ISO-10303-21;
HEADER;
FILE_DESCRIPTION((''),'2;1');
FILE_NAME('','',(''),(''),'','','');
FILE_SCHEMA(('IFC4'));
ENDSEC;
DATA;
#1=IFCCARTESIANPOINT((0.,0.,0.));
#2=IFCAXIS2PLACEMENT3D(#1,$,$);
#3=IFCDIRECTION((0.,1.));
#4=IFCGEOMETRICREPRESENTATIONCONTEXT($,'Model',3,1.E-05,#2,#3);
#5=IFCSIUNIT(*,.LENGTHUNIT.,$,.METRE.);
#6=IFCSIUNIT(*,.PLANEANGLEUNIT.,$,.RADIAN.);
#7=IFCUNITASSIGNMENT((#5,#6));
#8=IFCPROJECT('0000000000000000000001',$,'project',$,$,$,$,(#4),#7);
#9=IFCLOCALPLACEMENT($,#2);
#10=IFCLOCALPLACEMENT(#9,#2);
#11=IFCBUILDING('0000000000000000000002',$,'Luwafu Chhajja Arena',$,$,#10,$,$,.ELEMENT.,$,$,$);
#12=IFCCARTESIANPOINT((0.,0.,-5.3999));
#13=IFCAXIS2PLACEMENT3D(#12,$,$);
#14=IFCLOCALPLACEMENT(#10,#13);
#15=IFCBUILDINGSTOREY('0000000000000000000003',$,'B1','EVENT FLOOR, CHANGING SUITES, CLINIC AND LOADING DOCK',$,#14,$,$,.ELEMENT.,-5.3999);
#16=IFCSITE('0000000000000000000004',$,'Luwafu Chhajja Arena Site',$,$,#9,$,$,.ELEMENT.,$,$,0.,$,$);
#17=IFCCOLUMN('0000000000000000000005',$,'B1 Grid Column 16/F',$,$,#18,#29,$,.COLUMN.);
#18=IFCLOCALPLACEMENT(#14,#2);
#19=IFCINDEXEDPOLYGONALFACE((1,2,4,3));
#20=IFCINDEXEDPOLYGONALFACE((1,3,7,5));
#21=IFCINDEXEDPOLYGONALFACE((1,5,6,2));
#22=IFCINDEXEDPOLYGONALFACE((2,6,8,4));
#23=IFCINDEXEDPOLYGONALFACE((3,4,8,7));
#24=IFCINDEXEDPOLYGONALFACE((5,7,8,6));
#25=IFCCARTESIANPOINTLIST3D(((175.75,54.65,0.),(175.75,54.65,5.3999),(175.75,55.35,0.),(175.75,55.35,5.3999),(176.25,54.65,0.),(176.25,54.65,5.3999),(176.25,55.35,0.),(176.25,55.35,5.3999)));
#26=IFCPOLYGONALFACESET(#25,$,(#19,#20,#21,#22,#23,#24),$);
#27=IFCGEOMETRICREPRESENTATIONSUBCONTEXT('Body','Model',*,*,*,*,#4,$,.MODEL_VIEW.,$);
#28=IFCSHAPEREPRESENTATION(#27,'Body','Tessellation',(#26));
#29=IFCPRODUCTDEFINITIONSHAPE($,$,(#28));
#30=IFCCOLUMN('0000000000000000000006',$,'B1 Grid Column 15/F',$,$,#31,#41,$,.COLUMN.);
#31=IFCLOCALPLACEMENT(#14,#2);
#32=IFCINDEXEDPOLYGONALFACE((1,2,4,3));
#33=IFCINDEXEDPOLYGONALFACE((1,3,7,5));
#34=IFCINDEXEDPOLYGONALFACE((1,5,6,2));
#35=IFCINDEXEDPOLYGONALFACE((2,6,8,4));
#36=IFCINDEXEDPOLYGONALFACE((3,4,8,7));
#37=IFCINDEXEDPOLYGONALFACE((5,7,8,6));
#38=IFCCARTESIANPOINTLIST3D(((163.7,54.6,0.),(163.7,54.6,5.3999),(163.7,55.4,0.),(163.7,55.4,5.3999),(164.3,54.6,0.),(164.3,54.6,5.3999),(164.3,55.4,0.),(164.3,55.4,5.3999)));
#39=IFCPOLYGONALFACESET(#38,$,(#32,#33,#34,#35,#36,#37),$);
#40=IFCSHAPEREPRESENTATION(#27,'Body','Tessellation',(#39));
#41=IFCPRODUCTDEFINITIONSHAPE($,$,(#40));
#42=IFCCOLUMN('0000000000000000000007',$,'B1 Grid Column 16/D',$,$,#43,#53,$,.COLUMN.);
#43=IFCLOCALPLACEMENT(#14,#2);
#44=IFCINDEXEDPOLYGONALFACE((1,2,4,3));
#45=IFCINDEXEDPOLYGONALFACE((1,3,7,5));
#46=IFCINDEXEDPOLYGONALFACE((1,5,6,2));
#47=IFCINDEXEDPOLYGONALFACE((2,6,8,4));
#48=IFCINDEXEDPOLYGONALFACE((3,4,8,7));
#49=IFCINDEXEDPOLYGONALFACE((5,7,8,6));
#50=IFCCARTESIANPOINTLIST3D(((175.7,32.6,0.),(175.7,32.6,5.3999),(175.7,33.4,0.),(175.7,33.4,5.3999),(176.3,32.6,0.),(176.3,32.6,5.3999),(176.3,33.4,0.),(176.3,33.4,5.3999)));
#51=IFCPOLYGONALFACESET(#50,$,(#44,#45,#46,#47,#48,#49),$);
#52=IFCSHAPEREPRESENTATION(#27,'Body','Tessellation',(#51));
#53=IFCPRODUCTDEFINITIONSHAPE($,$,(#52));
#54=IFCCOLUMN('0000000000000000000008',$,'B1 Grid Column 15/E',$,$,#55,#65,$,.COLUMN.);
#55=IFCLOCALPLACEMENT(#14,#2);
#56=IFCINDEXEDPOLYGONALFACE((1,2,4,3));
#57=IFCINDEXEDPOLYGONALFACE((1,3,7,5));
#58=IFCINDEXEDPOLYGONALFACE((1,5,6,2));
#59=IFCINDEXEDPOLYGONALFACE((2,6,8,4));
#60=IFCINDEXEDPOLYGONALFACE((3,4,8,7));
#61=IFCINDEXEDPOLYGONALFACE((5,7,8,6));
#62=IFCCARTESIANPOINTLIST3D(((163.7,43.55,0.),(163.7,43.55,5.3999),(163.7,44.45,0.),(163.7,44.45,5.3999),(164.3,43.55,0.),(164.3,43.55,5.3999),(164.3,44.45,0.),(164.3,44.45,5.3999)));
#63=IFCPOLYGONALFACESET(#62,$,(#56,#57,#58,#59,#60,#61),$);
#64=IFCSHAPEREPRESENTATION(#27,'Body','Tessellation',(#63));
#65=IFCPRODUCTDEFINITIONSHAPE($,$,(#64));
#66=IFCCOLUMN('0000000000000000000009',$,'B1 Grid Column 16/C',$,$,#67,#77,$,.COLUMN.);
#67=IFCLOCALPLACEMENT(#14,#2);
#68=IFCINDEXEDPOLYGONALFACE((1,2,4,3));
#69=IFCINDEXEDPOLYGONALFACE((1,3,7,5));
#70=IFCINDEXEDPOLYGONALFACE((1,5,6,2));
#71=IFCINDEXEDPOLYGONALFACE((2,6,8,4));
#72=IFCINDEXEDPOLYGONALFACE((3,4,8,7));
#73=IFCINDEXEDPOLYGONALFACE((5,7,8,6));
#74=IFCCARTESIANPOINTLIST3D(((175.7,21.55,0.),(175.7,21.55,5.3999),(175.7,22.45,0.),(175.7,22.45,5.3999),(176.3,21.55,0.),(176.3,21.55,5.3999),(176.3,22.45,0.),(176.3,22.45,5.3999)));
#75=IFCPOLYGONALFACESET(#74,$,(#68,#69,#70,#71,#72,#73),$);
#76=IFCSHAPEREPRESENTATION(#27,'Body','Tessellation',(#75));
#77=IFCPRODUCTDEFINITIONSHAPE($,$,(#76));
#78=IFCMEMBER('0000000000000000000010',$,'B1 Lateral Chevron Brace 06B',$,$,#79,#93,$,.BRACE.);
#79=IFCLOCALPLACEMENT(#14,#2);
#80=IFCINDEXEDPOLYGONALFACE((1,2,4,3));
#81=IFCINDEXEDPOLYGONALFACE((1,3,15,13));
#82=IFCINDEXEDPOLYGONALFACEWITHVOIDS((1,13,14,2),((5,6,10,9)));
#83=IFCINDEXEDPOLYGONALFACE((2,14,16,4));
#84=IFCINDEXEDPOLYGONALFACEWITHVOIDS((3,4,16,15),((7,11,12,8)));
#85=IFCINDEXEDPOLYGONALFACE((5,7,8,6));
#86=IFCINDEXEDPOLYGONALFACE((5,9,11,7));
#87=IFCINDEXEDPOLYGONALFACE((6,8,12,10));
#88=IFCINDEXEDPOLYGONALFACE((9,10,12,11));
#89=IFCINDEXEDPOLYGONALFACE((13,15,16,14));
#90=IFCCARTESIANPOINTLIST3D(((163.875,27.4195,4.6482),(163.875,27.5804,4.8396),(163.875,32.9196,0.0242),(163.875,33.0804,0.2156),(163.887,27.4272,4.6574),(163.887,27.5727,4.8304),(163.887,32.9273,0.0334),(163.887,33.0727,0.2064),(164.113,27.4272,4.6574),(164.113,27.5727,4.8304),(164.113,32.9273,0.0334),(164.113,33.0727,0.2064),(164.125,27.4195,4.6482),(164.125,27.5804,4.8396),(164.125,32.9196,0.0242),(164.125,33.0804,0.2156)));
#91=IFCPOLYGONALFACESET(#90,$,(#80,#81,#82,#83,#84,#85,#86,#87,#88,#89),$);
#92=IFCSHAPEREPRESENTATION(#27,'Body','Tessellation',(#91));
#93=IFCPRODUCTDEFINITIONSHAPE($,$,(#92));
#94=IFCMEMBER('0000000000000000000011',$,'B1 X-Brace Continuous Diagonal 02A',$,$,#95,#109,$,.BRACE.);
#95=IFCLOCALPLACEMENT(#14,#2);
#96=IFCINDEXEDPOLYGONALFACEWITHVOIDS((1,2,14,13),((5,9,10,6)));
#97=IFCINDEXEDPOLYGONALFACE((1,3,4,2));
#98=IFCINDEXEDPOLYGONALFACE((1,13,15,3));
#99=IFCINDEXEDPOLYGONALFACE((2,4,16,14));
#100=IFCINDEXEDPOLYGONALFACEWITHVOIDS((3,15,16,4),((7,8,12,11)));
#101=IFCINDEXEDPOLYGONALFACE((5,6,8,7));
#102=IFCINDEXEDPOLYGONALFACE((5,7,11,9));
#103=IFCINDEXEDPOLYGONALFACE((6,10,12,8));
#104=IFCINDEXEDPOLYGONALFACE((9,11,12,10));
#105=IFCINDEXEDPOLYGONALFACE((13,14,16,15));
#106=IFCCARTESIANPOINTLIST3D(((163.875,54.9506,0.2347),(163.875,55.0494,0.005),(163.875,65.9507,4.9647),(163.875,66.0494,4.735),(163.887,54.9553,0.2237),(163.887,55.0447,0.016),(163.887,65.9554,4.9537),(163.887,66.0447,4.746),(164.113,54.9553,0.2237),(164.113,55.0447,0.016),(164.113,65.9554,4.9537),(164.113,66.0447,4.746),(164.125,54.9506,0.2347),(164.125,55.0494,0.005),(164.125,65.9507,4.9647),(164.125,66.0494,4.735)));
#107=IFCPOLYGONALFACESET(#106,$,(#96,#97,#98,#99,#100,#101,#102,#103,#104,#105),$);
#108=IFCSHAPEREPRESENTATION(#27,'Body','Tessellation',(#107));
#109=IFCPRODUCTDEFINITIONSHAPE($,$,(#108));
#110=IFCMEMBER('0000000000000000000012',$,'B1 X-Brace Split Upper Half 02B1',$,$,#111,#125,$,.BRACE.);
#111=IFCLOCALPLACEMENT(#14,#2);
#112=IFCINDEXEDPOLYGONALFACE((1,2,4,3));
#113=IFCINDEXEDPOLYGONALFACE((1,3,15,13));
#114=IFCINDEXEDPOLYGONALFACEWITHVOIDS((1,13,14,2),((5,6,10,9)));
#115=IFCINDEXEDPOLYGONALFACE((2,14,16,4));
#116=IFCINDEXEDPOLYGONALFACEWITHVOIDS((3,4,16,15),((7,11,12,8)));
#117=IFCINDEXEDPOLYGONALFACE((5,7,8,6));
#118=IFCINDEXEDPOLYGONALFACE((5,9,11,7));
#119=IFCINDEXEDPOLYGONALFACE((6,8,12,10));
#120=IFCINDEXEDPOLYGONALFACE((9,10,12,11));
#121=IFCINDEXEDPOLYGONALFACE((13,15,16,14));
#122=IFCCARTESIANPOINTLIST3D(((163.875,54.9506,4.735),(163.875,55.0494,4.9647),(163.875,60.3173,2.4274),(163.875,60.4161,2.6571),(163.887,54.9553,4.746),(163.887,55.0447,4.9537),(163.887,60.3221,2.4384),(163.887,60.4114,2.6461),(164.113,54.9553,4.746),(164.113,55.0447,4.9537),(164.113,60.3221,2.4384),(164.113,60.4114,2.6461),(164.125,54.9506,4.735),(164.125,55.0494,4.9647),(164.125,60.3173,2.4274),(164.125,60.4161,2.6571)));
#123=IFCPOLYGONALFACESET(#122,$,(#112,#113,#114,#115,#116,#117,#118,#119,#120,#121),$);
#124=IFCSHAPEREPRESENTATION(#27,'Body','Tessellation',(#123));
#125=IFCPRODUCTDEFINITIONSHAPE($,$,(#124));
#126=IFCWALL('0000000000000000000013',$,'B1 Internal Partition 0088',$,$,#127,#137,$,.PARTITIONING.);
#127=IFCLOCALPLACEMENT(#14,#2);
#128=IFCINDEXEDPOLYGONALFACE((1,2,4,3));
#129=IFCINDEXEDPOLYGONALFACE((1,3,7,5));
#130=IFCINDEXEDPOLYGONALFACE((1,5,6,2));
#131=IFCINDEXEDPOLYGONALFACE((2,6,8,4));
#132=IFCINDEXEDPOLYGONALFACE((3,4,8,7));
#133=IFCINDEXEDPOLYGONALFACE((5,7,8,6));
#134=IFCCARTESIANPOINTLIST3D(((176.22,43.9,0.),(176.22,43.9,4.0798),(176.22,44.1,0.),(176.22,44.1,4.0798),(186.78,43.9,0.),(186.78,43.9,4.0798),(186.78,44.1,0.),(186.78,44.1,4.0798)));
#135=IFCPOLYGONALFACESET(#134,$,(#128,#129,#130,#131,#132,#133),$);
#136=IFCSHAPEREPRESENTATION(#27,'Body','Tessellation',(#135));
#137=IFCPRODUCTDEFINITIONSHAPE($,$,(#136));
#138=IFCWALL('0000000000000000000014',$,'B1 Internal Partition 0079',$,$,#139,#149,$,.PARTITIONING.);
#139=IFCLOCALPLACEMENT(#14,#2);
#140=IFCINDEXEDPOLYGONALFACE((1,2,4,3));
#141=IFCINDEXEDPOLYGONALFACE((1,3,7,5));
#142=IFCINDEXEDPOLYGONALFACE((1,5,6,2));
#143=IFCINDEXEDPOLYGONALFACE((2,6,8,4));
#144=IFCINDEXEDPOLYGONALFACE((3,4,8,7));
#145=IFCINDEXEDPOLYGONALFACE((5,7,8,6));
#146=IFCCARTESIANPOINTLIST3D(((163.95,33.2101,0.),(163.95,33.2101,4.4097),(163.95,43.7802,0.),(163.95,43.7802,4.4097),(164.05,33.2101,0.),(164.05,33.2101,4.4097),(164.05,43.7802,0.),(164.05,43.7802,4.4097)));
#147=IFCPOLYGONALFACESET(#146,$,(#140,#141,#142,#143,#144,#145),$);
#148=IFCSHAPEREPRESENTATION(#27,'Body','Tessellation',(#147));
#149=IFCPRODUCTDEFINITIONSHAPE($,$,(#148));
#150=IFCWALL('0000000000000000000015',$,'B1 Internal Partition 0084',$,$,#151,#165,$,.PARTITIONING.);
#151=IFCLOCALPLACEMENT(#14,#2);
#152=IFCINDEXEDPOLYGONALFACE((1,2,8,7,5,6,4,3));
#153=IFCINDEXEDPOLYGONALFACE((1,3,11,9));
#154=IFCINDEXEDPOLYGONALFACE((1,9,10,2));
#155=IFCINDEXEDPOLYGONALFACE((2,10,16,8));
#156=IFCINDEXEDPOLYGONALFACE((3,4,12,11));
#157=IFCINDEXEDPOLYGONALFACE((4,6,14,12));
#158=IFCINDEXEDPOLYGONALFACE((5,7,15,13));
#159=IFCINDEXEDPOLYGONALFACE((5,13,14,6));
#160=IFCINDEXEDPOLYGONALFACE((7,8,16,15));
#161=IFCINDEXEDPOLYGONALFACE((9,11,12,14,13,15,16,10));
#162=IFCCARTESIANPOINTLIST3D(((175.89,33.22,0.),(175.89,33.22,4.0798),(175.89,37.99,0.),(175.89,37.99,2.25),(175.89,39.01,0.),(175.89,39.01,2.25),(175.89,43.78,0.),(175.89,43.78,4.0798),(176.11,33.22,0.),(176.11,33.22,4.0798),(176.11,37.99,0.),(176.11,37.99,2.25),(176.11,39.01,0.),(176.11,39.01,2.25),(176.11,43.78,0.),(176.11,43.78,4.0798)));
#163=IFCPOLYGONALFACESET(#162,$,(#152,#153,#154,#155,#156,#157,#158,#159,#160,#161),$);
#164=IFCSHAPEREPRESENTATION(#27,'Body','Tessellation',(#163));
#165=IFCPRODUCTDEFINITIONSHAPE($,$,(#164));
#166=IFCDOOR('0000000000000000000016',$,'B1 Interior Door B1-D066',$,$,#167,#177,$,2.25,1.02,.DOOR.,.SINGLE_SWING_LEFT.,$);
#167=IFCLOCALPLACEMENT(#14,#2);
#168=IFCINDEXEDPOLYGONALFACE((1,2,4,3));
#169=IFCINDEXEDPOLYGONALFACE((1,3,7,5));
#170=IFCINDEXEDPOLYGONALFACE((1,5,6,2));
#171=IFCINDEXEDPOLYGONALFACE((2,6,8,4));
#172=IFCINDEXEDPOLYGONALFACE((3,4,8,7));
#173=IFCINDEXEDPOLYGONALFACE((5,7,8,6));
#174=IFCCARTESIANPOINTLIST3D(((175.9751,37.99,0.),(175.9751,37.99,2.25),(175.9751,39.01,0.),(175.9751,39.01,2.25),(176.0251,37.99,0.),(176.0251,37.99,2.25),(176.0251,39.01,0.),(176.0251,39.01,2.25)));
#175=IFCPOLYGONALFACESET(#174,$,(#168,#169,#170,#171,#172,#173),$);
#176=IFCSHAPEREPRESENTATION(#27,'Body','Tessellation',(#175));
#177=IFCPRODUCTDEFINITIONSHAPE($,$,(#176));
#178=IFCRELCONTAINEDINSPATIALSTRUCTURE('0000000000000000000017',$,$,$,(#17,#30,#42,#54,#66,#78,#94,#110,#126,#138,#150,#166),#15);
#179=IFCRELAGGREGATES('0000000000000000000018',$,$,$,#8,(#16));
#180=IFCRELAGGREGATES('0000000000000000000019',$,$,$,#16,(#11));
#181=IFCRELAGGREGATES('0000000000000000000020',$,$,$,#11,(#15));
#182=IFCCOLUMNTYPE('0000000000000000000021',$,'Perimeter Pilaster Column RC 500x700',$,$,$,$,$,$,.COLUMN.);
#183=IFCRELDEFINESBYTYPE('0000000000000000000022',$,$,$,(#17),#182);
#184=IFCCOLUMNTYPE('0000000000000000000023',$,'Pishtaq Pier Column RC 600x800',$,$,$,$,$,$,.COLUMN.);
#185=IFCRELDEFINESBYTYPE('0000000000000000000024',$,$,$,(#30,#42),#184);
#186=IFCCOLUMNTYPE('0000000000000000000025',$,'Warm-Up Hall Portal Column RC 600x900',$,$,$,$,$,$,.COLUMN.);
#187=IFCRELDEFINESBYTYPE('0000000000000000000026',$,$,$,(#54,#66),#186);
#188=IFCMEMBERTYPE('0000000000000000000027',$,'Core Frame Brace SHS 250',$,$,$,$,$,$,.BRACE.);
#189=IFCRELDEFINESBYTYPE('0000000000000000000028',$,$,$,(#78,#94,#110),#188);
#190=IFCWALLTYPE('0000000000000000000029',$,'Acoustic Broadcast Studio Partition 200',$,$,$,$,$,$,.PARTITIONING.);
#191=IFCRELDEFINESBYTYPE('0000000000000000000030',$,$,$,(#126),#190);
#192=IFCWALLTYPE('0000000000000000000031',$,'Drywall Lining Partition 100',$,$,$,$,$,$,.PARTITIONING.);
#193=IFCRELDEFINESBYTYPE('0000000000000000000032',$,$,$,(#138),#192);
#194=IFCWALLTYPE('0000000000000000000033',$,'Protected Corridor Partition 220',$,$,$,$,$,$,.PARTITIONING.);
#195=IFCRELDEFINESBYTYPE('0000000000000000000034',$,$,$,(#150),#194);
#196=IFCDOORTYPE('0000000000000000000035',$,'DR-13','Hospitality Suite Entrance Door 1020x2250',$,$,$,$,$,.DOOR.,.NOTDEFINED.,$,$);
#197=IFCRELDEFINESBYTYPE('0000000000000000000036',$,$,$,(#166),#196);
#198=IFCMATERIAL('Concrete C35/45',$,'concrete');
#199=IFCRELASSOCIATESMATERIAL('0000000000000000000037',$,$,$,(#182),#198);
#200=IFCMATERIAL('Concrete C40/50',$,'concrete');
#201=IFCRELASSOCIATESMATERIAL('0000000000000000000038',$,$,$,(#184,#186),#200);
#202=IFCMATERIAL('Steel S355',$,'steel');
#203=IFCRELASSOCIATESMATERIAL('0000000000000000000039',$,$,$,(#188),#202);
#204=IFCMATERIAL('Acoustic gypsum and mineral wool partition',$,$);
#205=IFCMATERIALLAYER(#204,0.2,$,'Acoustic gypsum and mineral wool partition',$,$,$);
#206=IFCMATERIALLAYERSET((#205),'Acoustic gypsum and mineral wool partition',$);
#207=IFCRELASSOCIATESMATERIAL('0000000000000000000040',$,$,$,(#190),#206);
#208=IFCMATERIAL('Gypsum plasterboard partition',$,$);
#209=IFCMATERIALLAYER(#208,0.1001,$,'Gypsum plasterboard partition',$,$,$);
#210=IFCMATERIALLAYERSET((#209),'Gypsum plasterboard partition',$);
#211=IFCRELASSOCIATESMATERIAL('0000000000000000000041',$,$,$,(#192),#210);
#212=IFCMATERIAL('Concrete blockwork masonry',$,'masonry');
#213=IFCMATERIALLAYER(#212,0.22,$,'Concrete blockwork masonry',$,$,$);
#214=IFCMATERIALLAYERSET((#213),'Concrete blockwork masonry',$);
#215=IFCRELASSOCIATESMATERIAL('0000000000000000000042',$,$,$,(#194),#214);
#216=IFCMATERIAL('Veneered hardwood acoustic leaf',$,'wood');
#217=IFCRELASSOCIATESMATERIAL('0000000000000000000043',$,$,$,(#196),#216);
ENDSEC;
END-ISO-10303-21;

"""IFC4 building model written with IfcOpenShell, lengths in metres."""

from ifc_helpers import new_model, si_unit, direction, frame, frame_2d, origin, origin_2d, place, context, subcontext, project, spatial, rectangle, hollow_rectangle, extrude, material, layer, layer_set, material_profile, profile_set, type_object, element, fill, save


model = new_model("IFC4")

# Units and contexts
model_context = context("Model", 3, precision=1e-05, world=origin(), true_north=direction((0.0, 1.0)))
body_context = subcontext(model_context, "Body", "Model", "MODEL_VIEW")
ifc_project = project(units=[si_unit("LENGTHUNIT", "METRE"), si_unit("PLANEANGLEUNIT", "RADIAN")], contexts=[model_context])

# Site, building, storey
site_placement = place(None, origin())
site = spatial("IfcSite", under=ifc_project, at=site_placement, Name="Luwafu Chhajja Arena Site", CompositionType="ELEMENT", RefElevation=0.0)
building_placement = place(site_placement, origin())
building = spatial("IfcBuilding", under=site, at=building_placement, Name="Luwafu Chhajja Arena", CompositionType="ELEMENT")
storey_placement = place(building_placement, frame((0.0, 0.0, -5.3999)))
storey = spatial("IfcBuildingStorey", under=building, at=storey_placement, Name="B1", Description="EVENT FLOOR, CHANGING SUITES, CLINIC AND LOADING DOCK", CompositionType="ELEMENT", Elevation=-5.3999)

# Shared definitions
ifc_material_1 = material(Name="Concrete C35/45", Category="concrete")

# Columns
ifc_material_profile_1 = material_profile(ifc_material_1, rectangle(XDim=0.5, YDim=0.7, at=origin_2d()), Name="RC 500x700")
ifc_profile_set_1 = profile_set([ifc_material_profile_1], Name="Concrete C35/45")
column_type_1 = type_object("IfcColumnType", Name="Perimeter Pilaster Column RC 500x700", PredefinedType="COLUMN", material=ifc_profile_set_1)
column_1_placement = place(storey_placement, frame((176.0, 55.0, 0.0), z_axis=(0.0, 0.0, 1.0), x_axis=(1.0, 0.0, 0.0)))
element("IfcColumn", 1, at=column_1_placement, inside=storey, type_object=column_type_1, Name="B1 Grid Column 16/F", PredefinedType="COLUMN", context=body_context, shape_type="SweptSolid", body=[
    extrude(rectangle(XDim=0.5, YDim=0.7, at=origin_2d()), origin(), (0.0, 0.0, 1.0), 5.3999),
])
ifc_material_2 = material(Name="Concrete C40/50", Category="concrete")
ifc_material_profile_2 = material_profile(ifc_material_2, rectangle(XDim=0.6001, YDim=0.8, at=origin_2d()), Name="RC 600x800")
ifc_profile_set_2 = profile_set([ifc_material_profile_2], Name="Concrete C40/50")
column_type_2 = type_object("IfcColumnType", Name="Pishtaq Pier Column RC 600x800", PredefinedType="COLUMN", material=ifc_profile_set_2)
for number, where, z_axis, x_axis, name in (
    (2, (164.0, 55.0, 0.0), (0.0, 0.0, 1.0), (1.0, 0.0, 0.0), "B1 Grid Column 15/F"),
    (3, (176.0, 33.0, 0.0), (0.0, 0.0, 1.0), (1.0, 0.0, 0.0), "B1 Grid Column 16/D"),
):
    element("IfcColumn", number, at=place(storey_placement, frame(where, z_axis=z_axis, x_axis=x_axis)), inside=storey, type_object=column_type_2, Name=name, PredefinedType="COLUMN", context=body_context, shape_type="SweptSolid", body=[
        extrude(rectangle(XDim=0.6001, YDim=0.8, at=origin_2d()), origin(), (0.0, 0.0, 1.0), 5.3999),
    ])
ifc_material_profile_3 = material_profile(ifc_material_2, rectangle(XDim=0.6001, YDim=0.8999, at=origin_2d()), Name="RC 600x900")
ifc_profile_set_3 = profile_set([ifc_material_profile_3], Name="Concrete C40/50")
column_type_3 = type_object("IfcColumnType", Name="Warm-Up Hall Portal Column RC 600x900", PredefinedType="COLUMN", material=ifc_profile_set_3)
for number, where, z_axis, x_axis, name in (
    (4, (164.0, 44.0, 0.0), (0.0, 0.0, 1.0), (1.0, 0.0, 0.0), "B1 Grid Column 15/E"),
    (5, (176.0, 22.0, 0.0), (0.0, 0.0, 1.0), (1.0, 0.0, 0.0), "B1 Grid Column 16/C"),
):
    element("IfcColumn", number, at=place(storey_placement, frame(where, z_axis=z_axis, x_axis=x_axis)), inside=storey, type_object=column_type_3, Name=name, PredefinedType="COLUMN", context=body_context, shape_type="SweptSolid", body=[
        extrude(rectangle(XDim=0.6001, YDim=0.8999, at=origin_2d()), origin(), (0.0, 0.0, 1.0), 5.3999),
    ])

# Members
ifc_material_3 = material(Name="Steel S355", Category="steel")
ifc_material_profile_4 = material_profile(ifc_material_3, hollow_rectangle(XDim=0.25, YDim=0.25, WallThickness=0.012, at=origin_2d()), Name="SHS 250x250x12")
ifc_profile_set_4 = profile_set([ifc_material_profile_4], Name="Steel S355")
member_type = type_object("IfcMemberType", Name="Core Frame Brace SHS 250", PredefinedType="BRACE", material=ifc_profile_set_4)
member_1_placement = place(storey_placement, frame((164.0, 33.0, 0.1199), z_axis=(0.0, -0.765429, 0.64352), x_axis=(1.0, 0.0, 0.0)))
element("IfcMember", 6, at=member_1_placement, inside=storey, type_object=member_type, Name="B1 Lateral Chevron Brace 06B", PredefinedType="BRACE", context=body_context, shape_type="SweptSolid", body=[
    extrude(hollow_rectangle(XDim=0.25, YDim=0.25, WallThickness=0.012, at=origin_2d()), origin(), (0.0, 0.0, 1.0), 7.1855),
])
member_2_placement = place(storey_placement, frame((164.0, 55.0, 0.1199), z_axis=(0.0, 0.91867, 0.395026), x_axis=(-1.0, 0.0, 0.0)))
element("IfcMember", 7, at=member_2_placement, inside=storey, type_object=member_type, Name="B1 X-Brace Continuous Diagonal 02A", PredefinedType="BRACE", context=body_context, shape_type="SweptSolid", body=[
    extrude(hollow_rectangle(XDim=0.25, YDim=0.25, WallThickness=0.012, at=origin_2d()), origin(), (0.0, 0.0, 1.0), 11.9739),
])
member_3_placement = place(storey_placement, frame((164.0, 55.0, 4.8499), z_axis=(0.0, 0.918673, -0.395019), x_axis=(-1.0, 0.0, 0.0)))
element("IfcMember", 8, at=member_3_placement, inside=storey, type_object=member_type, Name="B1 X-Brace Split Upper Half 02B1", PredefinedType="BRACE", context=body_context, shape_type="SweptSolid", body=[
    extrude(hollow_rectangle(XDim=0.25, YDim=0.25, WallThickness=0.012, at=origin_2d()), origin(), (0.0, 0.0, 1.0), 5.8418),
])

# Walls
ifc_material_4 = material(Name="Acoustic gypsum and mineral wool partition")
ifc_layer_1 = layer(ifc_material_4, 0.2, Name="Acoustic gypsum and mineral wool partition")
ifc_layer_set_1 = layer_set([ifc_layer_1], Name="Acoustic gypsum and mineral wool partition")
wall_type_1 = type_object("IfcWallType", Name="Acoustic Broadcast Studio Partition 200", PredefinedType="PARTITIONING", material=ifc_layer_set_1)
wall_1_placement = place(storey_placement, frame((176.22, 44.0, 0.0), z_axis=(0.0, 0.0, 1.0), x_axis=(1.0, 0.0, 0.0)))
element("IfcWall", 9, at=wall_1_placement, inside=storey, type_object=wall_type_1, Name="B1 Internal Partition 0088", PredefinedType="PARTITIONING", context=body_context, shape_type="SweptSolid", body=[
    extrude(rectangle(XDim=10.5601, YDim=0.2, at=frame_2d((5.28, 0.0))), origin(), (0.0, 0.0, 1.0), 4.0798),
])
ifc_material_5 = material(Name="Gypsum plasterboard partition")
ifc_layer_2 = layer(ifc_material_5, 0.1001, Name="Gypsum plasterboard partition")
ifc_layer_set_2 = layer_set([ifc_layer_2], Name="Gypsum plasterboard partition")
wall_type_2 = type_object("IfcWallType", Name="Drywall Lining Partition 100", PredefinedType="PARTITIONING", material=ifc_layer_set_2)
wall_2_placement = place(storey_placement, frame((164.0, 33.21, 0.0), z_axis=(0.0, 0.0, 1.0), x_axis=(0.0, 1.0, 0.0)))
element("IfcWall", 10, at=wall_2_placement, inside=storey, type_object=wall_type_2, Name="B1 Internal Partition 0079", PredefinedType="PARTITIONING", context=body_context, shape_type="SweptSolid", body=[
    extrude(rectangle(XDim=10.5701, YDim=0.1001, at=frame_2d((5.2852, 0.0))), origin(), (0.0, 0.0, 1.0), 4.4097),
])

# Wall, opening, door
ifc_material_6 = material(Name="Concrete blockwork masonry", Category="masonry")
ifc_layer_3 = layer(ifc_material_6, 0.22, Name="Concrete blockwork masonry")
ifc_layer_set_3 = layer_set([ifc_layer_3], Name="Concrete blockwork masonry")
wall_type_3 = type_object("IfcWallType", Name="Protected Corridor Partition 220", PredefinedType="PARTITIONING", material=ifc_layer_set_3)
wall_3_placement = place(storey_placement, frame((176.0, 33.22, 0.0), z_axis=(0.0, 0.0, 1.0), x_axis=(0.0, 1.0, 0.0)))
wall_3 = element("IfcWall", 11, at=wall_3_placement, inside=storey, type_object=wall_type_3, Name="B1 Internal Partition 0084", PredefinedType="PARTITIONING", context=body_context, shape_type="SweptSolid", body=[
    extrude(rectangle(XDim=10.5601, YDim=0.22, at=frame_2d((5.28, 0.0))), origin(), (0.0, 0.0, 1.0), 4.0798),
])
opening_placement = place(wall_3_placement, frame((4.77, 0.0, 0.0)))
opening = element("IfcOpeningElement", 12, at=opening_placement, cuts=wall_3, PredefinedType="OPENING", context=body_context, shape_type="SweptSolid", body=[
    extrude(rectangle(XDim=1.02, YDim=2.25, at=frame_2d((0.51, 1.125))), frame((0.0, 0.1199, 0.0), z_axis=(0.0, -1.0, 0.0), x_axis=(1.0, 0.0, 0.0)), (0.0, 0.0, 1.0), 0.24),
])
ifc_material_7 = material(Name="Veneered hardwood acoustic leaf", Category="wood")
door_type = type_object("IfcDoorType", Name="DR-13", Description="Hospitality Suite Entrance Door 1020x2250", OperationType="NOTDEFINED", PredefinedType="DOOR", material=ifc_material_7)
door_placement = place(opening_placement, origin())
door = element("IfcDoor", 13, at=door_placement, inside=storey, type_object=door_type, Name="B1 Interior Door B1-D066", OperationType="SINGLE_SWING_LEFT", OverallHeight=2.25, OverallWidth=1.02, PredefinedType="DOOR", context=body_context, shape_type="SweptSolid", body=[
    extrude(rectangle(XDim=1.02, YDim=2.25, at=frame_2d((0.51, 1.125))), frame((0.0, 0.0249, 0.0), z_axis=(0.0, -1.0, 0.0), x_axis=(1.0, 0.0, 0.0)), (0.0, 0.0, 1.0), 0.05),
])
fill(opening, door)

save(model, "model.ifc")
